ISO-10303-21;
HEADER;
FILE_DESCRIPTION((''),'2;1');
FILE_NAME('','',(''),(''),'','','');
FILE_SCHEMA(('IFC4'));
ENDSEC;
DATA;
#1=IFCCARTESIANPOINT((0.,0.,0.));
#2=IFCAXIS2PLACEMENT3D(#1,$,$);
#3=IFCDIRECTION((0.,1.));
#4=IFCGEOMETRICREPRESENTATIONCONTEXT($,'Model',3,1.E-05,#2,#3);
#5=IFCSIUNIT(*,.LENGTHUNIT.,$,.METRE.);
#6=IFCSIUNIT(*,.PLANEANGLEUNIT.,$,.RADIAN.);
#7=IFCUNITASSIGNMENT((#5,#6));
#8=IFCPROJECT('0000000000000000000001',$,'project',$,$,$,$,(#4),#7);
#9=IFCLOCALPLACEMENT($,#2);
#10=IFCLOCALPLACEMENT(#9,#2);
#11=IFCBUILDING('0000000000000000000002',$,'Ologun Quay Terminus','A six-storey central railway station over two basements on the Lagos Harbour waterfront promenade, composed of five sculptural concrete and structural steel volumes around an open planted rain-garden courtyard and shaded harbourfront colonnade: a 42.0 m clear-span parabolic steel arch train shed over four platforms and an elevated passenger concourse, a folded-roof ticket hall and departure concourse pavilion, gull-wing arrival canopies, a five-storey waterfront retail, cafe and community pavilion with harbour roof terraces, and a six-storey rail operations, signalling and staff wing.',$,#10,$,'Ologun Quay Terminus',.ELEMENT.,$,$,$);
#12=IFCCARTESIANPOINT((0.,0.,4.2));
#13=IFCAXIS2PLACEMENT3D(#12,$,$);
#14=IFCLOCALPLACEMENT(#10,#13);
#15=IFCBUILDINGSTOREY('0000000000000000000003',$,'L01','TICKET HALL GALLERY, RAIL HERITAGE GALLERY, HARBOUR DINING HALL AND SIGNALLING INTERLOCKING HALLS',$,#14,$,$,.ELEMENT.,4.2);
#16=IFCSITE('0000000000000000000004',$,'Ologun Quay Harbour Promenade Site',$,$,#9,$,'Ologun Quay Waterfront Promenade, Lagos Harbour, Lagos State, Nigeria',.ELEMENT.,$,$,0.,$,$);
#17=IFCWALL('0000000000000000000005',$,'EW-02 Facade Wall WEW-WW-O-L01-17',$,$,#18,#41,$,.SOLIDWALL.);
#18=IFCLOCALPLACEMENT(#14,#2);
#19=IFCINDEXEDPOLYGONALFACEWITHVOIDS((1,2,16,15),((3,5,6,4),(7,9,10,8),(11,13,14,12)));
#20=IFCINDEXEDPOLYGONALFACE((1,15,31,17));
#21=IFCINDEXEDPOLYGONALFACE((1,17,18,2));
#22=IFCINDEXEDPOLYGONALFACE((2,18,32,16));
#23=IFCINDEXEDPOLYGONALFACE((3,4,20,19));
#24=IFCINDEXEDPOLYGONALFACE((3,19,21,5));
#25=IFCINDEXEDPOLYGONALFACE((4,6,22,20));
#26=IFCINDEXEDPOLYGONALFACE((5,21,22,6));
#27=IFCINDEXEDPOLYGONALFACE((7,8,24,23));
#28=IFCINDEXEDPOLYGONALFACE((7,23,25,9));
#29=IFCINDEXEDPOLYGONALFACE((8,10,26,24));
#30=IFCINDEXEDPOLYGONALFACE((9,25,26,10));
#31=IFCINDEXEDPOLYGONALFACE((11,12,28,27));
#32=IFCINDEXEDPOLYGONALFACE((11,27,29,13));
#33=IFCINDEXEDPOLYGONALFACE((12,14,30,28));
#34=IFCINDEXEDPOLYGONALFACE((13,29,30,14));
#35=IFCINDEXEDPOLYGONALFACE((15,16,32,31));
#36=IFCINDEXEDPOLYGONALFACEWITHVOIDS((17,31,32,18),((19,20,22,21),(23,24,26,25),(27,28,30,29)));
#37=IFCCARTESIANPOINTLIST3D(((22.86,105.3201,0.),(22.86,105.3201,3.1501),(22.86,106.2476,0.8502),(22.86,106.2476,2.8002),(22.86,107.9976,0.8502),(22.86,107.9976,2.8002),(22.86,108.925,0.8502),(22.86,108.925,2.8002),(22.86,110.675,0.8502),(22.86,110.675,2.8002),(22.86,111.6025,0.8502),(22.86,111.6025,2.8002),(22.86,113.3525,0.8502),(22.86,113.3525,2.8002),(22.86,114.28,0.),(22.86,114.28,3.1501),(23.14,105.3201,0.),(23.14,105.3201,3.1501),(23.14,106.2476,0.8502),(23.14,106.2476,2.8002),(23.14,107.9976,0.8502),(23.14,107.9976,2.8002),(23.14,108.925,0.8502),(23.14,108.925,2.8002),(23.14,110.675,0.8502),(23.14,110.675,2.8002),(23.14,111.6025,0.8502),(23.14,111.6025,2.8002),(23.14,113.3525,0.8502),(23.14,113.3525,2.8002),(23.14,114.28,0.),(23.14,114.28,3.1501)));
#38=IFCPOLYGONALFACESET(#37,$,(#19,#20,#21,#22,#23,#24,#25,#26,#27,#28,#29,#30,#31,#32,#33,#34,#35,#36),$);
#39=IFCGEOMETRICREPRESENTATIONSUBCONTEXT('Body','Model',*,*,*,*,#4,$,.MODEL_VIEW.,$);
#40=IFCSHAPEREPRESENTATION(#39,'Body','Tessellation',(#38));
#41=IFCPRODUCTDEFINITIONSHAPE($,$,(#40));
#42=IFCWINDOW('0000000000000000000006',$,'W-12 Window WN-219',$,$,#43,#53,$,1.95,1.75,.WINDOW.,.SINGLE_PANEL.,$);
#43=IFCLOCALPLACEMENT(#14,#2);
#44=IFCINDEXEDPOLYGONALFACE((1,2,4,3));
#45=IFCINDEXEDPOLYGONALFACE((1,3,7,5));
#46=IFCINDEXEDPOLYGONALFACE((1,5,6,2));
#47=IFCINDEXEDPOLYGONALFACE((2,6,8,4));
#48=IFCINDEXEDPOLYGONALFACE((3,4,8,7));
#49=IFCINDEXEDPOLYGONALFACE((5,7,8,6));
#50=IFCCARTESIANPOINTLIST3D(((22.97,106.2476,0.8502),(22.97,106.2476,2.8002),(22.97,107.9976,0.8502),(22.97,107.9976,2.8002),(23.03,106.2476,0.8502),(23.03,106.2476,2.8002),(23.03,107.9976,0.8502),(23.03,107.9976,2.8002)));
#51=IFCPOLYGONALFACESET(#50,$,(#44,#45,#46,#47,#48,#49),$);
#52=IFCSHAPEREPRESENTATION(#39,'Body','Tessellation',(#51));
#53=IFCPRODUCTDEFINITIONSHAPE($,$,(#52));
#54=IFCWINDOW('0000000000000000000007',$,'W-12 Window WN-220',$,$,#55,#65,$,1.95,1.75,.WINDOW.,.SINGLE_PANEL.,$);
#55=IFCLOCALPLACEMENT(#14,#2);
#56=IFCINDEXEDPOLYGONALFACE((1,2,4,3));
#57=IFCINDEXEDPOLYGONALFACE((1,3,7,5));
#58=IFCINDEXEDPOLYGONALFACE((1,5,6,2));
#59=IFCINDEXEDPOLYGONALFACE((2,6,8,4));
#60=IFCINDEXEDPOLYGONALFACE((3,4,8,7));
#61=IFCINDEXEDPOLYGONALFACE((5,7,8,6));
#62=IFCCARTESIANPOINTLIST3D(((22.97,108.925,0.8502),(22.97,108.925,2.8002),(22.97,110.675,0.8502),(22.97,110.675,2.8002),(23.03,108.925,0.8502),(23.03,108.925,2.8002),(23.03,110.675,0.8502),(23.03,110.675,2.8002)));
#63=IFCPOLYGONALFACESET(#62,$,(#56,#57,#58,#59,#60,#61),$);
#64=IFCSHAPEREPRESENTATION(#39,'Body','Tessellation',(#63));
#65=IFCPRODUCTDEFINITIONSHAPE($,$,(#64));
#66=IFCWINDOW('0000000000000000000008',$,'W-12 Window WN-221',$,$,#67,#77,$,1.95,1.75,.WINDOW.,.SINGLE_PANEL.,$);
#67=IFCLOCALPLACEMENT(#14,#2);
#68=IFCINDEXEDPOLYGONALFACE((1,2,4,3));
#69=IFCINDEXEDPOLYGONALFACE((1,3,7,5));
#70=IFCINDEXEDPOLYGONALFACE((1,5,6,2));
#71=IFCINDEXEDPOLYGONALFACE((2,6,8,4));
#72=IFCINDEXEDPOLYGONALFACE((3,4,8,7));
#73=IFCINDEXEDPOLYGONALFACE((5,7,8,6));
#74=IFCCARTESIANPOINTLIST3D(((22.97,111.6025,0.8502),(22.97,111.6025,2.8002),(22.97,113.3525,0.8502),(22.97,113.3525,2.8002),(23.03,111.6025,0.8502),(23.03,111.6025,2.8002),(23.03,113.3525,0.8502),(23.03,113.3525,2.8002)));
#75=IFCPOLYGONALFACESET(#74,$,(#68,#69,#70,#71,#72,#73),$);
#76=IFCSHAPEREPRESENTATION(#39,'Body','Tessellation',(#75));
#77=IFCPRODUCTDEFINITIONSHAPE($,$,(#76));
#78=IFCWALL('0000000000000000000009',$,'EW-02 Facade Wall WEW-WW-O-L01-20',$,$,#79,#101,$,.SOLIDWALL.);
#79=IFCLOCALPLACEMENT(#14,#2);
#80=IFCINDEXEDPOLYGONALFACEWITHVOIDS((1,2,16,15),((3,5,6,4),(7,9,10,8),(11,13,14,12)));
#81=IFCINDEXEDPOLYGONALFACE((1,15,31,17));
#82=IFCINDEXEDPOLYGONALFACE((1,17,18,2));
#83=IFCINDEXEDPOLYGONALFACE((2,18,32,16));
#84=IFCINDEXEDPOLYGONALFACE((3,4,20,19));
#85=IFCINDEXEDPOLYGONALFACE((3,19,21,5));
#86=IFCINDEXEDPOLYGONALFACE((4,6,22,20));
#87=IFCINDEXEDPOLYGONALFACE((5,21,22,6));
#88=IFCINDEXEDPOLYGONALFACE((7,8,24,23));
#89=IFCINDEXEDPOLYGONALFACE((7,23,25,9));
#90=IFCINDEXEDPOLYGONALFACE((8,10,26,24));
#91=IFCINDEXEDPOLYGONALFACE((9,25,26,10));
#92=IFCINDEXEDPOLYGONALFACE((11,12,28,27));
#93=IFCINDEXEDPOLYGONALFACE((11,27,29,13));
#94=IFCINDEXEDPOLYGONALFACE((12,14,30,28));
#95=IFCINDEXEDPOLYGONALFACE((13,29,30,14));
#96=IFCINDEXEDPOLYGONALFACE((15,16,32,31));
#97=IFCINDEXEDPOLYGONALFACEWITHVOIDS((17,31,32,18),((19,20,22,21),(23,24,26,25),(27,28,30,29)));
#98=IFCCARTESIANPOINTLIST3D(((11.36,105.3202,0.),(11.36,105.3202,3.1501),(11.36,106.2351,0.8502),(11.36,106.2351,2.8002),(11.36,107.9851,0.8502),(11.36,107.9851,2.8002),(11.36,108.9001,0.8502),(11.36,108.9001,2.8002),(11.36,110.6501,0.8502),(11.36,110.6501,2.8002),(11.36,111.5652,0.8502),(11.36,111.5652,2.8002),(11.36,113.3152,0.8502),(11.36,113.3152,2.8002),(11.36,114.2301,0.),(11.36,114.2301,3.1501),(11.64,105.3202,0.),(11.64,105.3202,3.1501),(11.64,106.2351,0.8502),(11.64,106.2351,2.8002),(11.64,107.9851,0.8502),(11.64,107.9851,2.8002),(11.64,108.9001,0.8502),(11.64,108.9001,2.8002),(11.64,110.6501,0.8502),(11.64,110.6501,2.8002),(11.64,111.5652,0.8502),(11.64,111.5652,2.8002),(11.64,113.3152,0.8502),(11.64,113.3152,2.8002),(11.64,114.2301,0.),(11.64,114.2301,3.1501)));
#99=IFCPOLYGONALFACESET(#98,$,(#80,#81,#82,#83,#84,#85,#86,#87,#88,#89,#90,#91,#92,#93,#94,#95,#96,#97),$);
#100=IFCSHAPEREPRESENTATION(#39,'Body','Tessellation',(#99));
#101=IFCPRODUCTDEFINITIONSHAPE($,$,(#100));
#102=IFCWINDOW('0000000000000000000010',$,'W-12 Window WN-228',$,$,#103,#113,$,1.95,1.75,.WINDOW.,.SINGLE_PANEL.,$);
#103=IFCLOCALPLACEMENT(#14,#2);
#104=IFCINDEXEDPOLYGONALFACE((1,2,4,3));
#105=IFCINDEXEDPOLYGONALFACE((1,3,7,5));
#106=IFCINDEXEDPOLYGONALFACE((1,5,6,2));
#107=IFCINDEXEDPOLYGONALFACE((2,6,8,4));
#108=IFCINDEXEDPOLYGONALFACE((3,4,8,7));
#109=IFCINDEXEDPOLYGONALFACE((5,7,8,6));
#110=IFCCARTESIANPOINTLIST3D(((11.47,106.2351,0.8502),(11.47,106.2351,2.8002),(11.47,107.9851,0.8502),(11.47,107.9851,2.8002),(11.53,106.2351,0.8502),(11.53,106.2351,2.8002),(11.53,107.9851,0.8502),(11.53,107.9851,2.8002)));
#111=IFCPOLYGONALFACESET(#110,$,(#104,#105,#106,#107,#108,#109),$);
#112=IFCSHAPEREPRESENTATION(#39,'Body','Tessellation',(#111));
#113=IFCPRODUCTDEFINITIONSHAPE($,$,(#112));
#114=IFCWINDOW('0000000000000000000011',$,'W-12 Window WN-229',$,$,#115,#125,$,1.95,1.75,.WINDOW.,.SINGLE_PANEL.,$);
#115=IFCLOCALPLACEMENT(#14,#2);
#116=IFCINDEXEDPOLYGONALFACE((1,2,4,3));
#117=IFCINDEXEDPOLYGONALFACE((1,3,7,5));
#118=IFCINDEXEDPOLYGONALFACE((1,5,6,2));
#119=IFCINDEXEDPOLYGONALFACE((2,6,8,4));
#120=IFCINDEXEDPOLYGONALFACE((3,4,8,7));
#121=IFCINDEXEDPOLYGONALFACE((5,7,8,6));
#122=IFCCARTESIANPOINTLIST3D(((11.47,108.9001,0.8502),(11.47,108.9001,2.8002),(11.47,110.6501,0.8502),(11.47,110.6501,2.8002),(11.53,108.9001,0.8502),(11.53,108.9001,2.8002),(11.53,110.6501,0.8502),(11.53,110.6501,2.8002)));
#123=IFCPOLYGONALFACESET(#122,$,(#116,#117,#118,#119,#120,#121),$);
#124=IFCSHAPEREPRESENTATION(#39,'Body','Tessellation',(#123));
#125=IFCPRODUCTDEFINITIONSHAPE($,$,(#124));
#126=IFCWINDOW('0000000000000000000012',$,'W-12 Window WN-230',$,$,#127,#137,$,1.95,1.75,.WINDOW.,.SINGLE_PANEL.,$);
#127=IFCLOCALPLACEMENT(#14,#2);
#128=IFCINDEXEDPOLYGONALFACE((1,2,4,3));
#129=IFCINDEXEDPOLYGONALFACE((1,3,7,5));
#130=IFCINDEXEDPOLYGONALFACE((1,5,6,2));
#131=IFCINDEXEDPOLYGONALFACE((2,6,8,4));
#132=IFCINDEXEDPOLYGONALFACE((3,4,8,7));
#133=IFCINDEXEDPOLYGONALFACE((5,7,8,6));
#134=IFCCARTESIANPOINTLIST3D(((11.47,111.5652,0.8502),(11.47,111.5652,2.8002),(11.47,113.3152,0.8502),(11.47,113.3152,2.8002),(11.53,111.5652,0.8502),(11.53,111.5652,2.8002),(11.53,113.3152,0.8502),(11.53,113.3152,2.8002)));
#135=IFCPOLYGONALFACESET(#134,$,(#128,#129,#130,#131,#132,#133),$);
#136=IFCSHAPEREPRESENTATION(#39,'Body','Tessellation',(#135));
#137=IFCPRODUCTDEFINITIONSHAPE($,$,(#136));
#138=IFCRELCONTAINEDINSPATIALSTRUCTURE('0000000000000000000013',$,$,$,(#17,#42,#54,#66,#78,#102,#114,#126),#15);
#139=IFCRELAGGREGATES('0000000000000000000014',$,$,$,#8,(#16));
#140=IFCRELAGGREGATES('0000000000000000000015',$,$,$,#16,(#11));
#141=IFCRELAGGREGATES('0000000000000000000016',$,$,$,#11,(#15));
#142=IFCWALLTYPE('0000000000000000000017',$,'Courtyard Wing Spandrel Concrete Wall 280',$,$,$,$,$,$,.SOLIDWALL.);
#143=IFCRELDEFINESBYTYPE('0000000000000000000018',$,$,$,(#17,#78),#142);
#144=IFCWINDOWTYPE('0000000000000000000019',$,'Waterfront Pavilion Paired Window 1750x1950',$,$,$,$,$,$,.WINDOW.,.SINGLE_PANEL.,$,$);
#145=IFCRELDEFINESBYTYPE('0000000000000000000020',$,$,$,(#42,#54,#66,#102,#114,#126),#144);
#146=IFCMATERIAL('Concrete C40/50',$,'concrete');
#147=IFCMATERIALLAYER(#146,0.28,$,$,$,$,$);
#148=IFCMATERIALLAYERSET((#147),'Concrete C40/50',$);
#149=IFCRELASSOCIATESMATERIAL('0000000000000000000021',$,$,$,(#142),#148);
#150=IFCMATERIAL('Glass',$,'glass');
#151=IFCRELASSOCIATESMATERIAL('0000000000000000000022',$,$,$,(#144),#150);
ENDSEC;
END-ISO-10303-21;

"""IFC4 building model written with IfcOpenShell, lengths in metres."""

from ifc_helpers import new_model, si_unit, direction, frame, frame_2d, origin, place, context, subcontext, project, spatial, rectangle, extrude, material, layer, layer_set, type_object, element, fill, save


model = new_model("IFC4")

# Units and contexts
model_context = context("Model", 3, precision=1e-05, world=origin(), true_north=direction((0.0, 1.0)))
body_context = subcontext(model_context, "Body", "Model", "MODEL_VIEW")
ifc_project = project(units=[si_unit("LENGTHUNIT", "METRE"), si_unit("PLANEANGLEUNIT", "RADIAN")], contexts=[model_context])

# Site, building, storey
site_placement = place(None, origin())
site = spatial("IfcSite", under=ifc_project, at=site_placement, Name="Ologun Quay Harbour Promenade Site", LongName="Ologun Quay Waterfront Promenade, Lagos Harbour, Lagos State, Nigeria", CompositionType="ELEMENT", RefElevation=0.0)
building_placement = place(site_placement, origin())
building = spatial("IfcBuilding", under=site, at=building_placement, Name="Ologun Quay Terminus", Description="A six-storey central railway station over two basements on the Lagos Harbour waterfront promenade, composed of five sculptural concrete and structural steel volumes around an open planted rain-garden courtyard and shaded harbourfront colonnade: a 42.0 m clear-span parabolic steel arch train shed over four platforms and an elevated passenger concourse, a folded-roof ticket hall and departure concourse pavilion, gull-wing arrival canopies, a five-storey waterfront retail, cafe and community pavilion with harbour roof terraces, and a six-storey rail operations, signalling and staff wing.", LongName="Ologun Quay Terminus", CompositionType="ELEMENT")
storey_placement = place(building_placement, frame((0.0, 0.0, 4.2)))
storey = spatial("IfcBuildingStorey", under=building, at=storey_placement, Name="L01", Description="TICKET HALL GALLERY, RAIL HERITAGE GALLERY, HARBOUR DINING HALL AND SIGNALLING INTERLOCKING HALLS", CompositionType="ELEMENT", Elevation=4.2)

# Walls, openings, windows
ifc_material_1 = material(Name="Concrete C40/50", Category="concrete")
ifc_layer_1 = layer(ifc_material_1, 0.28)
ifc_layer_set_1 = layer_set([ifc_layer_1], Name="Concrete C40/50")
wall_type_1 = type_object("IfcWallType", Name="Courtyard Wing Spandrel Concrete Wall 280", PredefinedType="SOLIDWALL", material=ifc_layer_set_1)
wall_1_placement = place(storey_placement, frame((23.0, 105.3201, 0.0), z_axis=(0.0, 0.0, 1.0), x_axis=(0.0, 1.0, 0.0)))
wall_1 = element("IfcWall", 1, at=wall_1_placement, inside=storey, type_object=wall_type_1, Name="EW-02 Facade Wall WEW-WW-O-L01-17", PredefinedType="SOLIDWALL", context=body_context, shape_type="SweptSolid", body=[
    extrude(rectangle(XDim=8.96, YDim=0.28, at=frame_2d((4.48, 0.0))), origin(), (0.0, 0.0, 1.0), 3.1501),
])
opening_1_placement = place(wall_1_placement, frame((0.9275, 0.0, 0.8501)))
opening_1 = element("IfcOpeningElement", 2, at=opening_1_placement, cuts=wall_1, PredefinedType="OPENING", context=body_context, shape_type="SweptSolid", body=[
    extrude(rectangle(XDim=1.75, YDim=1.95, at=frame_2d((0.875, 0.9751))), frame((0.0, 0.1499, 0.0), z_axis=(0.0, -1.0, 0.0), x_axis=(1.0, 0.0, 0.0)), (0.0, 0.0, 1.0), 0.3),
])
opening_2_placement = place(wall_1_placement, frame((3.605, 0.0, 0.8501)))
opening_2 = element("IfcOpeningElement", 3, at=opening_2_placement, cuts=wall_1, PredefinedType="OPENING", context=body_context, shape_type="SweptSolid", body=[
    extrude(rectangle(XDim=1.75, YDim=1.95, at=frame_2d((0.875, 0.9751))), frame((0.0, 0.1499, 0.0), z_axis=(0.0, -1.0, 0.0), x_axis=(1.0, 0.0, 0.0)), (0.0, 0.0, 1.0), 0.3),
])
opening_3_placement = place(wall_1_placement, frame((6.2825, 0.0, 0.8501)))
opening_3 = element("IfcOpeningElement", 4, at=opening_3_placement, cuts=wall_1, PredefinedType="OPENING", context=body_context, shape_type="SweptSolid", body=[
    extrude(rectangle(XDim=1.75, YDim=1.95, at=frame_2d((0.875, 0.9751))), frame((0.0, 0.1499, 0.0), z_axis=(0.0, -1.0, 0.0), x_axis=(1.0, 0.0, 0.0)), (0.0, 0.0, 1.0), 0.3),
])
ifc_material_2 = material(Name="Glass", Category="glass")
window_type_1 = type_object("IfcWindowType", Name="Waterfront Pavilion Paired Window 1750x1950", PartitioningType="SINGLE_PANEL", PredefinedType="WINDOW", material=ifc_material_2)
window_1_placement = place(opening_1_placement, origin())
window_1 = element("IfcWindow", 5, at=window_1_placement, inside=storey, type_object=window_type_1, Name="W-12 Window WN-219", OverallHeight=1.95, OverallWidth=1.75, PartitioningType="SINGLE_PANEL", PredefinedType="WINDOW", context=body_context, shape_type="SweptSolid", body=[
    extrude(rectangle(XDim=1.75, YDim=1.95, at=frame_2d((0.875, 0.9751))), frame((0.0, 0.03, 0.0), z_axis=(0.0, -1.0, 0.0), x_axis=(1.0, 0.0, 0.0)), (0.0, 0.0, 1.0), 0.0601),
])
fill(opening_1, window_1)
window_2_placement = place(opening_2_placement, origin())
window_2 = element("IfcWindow", 6, at=window_2_placement, inside=storey, type_object=window_type_1, Name="W-12 Window WN-220", OverallHeight=1.95, OverallWidth=1.75, PartitioningType="SINGLE_PANEL", PredefinedType="WINDOW", context=body_context, shape_type="SweptSolid", body=[
    extrude(rectangle(XDim=1.75, YDim=1.95, at=frame_2d((0.875, 0.9751))), frame((0.0, 0.03, 0.0), z_axis=(0.0, -1.0, 0.0), x_axis=(1.0, 0.0, 0.0)), (0.0, 0.0, 1.0), 0.0601),
])
fill(opening_2, window_2)
window_3_placement = place(opening_3_placement, origin())
window_3 = element("IfcWindow", 7, at=window_3_placement, inside=storey, type_object=window_type_1, Name="W-12 Window WN-221", OverallHeight=1.95, OverallWidth=1.75, PartitioningType="SINGLE_PANEL", PredefinedType="WINDOW", context=body_context, shape_type="SweptSolid", body=[
    extrude(rectangle(XDim=1.75, YDim=1.95, at=frame_2d((0.875, 0.9751))), frame((0.0, 0.03, 0.0), z_axis=(0.0, -1.0, 0.0), x_axis=(1.0, 0.0, 0.0)), (0.0, 0.0, 1.0), 0.0601),
])
fill(opening_3, window_3)
wall_2_placement = place(storey_placement, frame((11.5, 105.3201, 0.0), z_axis=(0.0, 0.0, 1.0), x_axis=(0.0, 1.0, 0.0)))
wall_2 = element("IfcWall", 8, at=wall_2_placement, inside=storey, type_object=wall_type_1, Name="EW-02 Facade Wall WEW-WW-O-L01-20", PredefinedType="SOLIDWALL", context=body_context, shape_type="SweptSolid", body=[
    extrude(rectangle(XDim=8.9099, YDim=0.28, at=frame_2d((4.4551, 0.0))), origin(), (0.0, 0.0, 1.0), 3.1501),
])
opening_4_placement = place(wall_2_placement, frame((0.915, 0.0, 0.8501)))
opening_4 = element("IfcOpeningElement", 9, at=opening_4_placement, cuts=wall_2, PredefinedType="OPENING", context=body_context, shape_type="SweptSolid", body=[
    extrude(rectangle(XDim=1.75, YDim=1.95, at=frame_2d((0.875, 0.9751))), frame((0.0, 0.1499, 0.0), z_axis=(0.0, -1.0, 0.0), x_axis=(1.0, 0.0, 0.0)), (0.0, 0.0, 1.0), 0.3),
])
opening_5_placement = place(wall_2_placement, frame((3.5801, 0.0, 0.8501)))
opening_5 = element("IfcOpeningElement", 10, at=opening_5_placement, cuts=wall_2, PredefinedType="OPENING", context=body_context, shape_type="SweptSolid", body=[
    extrude(rectangle(XDim=1.75, YDim=1.95, at=frame_2d((0.875, 0.9751))), frame((0.0, 0.1499, 0.0), z_axis=(0.0, -1.0, 0.0), x_axis=(1.0, 0.0, 0.0)), (0.0, 0.0, 1.0), 0.3),
])
opening_6_placement = place(wall_2_placement, frame((6.2451, 0.0, 0.8501)))
opening_6 = element("IfcOpeningElement", 11, at=opening_6_placement, cuts=wall_2, PredefinedType="OPENING", context=body_context, shape_type="SweptSolid", body=[
    extrude(rectangle(XDim=1.75, YDim=1.95, at=frame_2d((0.875, 0.9751))), frame((0.0, 0.1499, 0.0), z_axis=(0.0, -1.0, 0.0), x_axis=(1.0, 0.0, 0.0)), (0.0, 0.0, 1.0), 0.3),
])
window_4_placement = place(opening_4_placement, origin())
window_4 = element("IfcWindow", 12, at=window_4_placement, inside=storey, type_object=window_type_1, Name="W-12 Window WN-228", OverallHeight=1.95, OverallWidth=1.75, PartitioningType="SINGLE_PANEL", PredefinedType="WINDOW", context=body_context, shape_type="SweptSolid", body=[
    extrude(rectangle(XDim=1.75, YDim=1.95, at=frame_2d((0.875, 0.9751))), frame((0.0, 0.03, 0.0), z_axis=(0.0, -1.0, 0.0), x_axis=(1.0, 0.0, 0.0)), (0.0, 0.0, 1.0), 0.0601),
])
fill(opening_4, window_4)
window_5_placement = place(opening_5_placement, origin())
window_5 = element("IfcWindow", 13, at=window_5_placement, inside=storey, type_object=window_type_1, Name="W-12 Window WN-229", OverallHeight=1.95, OverallWidth=1.75, PartitioningType="SINGLE_PANEL", PredefinedType="WINDOW", context=body_context, shape_type="SweptSolid", body=[
    extrude(rectangle(XDim=1.75, YDim=1.95, at=frame_2d((0.875, 0.9751))), frame((0.0, 0.03, 0.0), z_axis=(0.0, -1.0, 0.0), x_axis=(1.0, 0.0, 0.0)), (0.0, 0.0, 1.0), 0.0601),
])
fill(opening_5, window_5)
window_6_placement = place(opening_6_placement, origin())
window_6 = element("IfcWindow", 14, at=window_6_placement, inside=storey, type_object=window_type_1, Name="W-12 Window WN-230", OverallHeight=1.95, OverallWidth=1.75, PartitioningType="SINGLE_PANEL", PredefinedType="WINDOW", context=body_context, shape_type="SweptSolid", body=[
    extrude(rectangle(XDim=1.75, YDim=1.95, at=frame_2d((0.875, 0.9751))), frame((0.0, 0.03, 0.0), z_axis=(0.0, -1.0, 0.0), x_axis=(1.0, 0.0, 0.0)), (0.0, 0.0, 1.0), 0.0601),
])
fill(opening_6, window_6)

save(model, "model.ifc")
